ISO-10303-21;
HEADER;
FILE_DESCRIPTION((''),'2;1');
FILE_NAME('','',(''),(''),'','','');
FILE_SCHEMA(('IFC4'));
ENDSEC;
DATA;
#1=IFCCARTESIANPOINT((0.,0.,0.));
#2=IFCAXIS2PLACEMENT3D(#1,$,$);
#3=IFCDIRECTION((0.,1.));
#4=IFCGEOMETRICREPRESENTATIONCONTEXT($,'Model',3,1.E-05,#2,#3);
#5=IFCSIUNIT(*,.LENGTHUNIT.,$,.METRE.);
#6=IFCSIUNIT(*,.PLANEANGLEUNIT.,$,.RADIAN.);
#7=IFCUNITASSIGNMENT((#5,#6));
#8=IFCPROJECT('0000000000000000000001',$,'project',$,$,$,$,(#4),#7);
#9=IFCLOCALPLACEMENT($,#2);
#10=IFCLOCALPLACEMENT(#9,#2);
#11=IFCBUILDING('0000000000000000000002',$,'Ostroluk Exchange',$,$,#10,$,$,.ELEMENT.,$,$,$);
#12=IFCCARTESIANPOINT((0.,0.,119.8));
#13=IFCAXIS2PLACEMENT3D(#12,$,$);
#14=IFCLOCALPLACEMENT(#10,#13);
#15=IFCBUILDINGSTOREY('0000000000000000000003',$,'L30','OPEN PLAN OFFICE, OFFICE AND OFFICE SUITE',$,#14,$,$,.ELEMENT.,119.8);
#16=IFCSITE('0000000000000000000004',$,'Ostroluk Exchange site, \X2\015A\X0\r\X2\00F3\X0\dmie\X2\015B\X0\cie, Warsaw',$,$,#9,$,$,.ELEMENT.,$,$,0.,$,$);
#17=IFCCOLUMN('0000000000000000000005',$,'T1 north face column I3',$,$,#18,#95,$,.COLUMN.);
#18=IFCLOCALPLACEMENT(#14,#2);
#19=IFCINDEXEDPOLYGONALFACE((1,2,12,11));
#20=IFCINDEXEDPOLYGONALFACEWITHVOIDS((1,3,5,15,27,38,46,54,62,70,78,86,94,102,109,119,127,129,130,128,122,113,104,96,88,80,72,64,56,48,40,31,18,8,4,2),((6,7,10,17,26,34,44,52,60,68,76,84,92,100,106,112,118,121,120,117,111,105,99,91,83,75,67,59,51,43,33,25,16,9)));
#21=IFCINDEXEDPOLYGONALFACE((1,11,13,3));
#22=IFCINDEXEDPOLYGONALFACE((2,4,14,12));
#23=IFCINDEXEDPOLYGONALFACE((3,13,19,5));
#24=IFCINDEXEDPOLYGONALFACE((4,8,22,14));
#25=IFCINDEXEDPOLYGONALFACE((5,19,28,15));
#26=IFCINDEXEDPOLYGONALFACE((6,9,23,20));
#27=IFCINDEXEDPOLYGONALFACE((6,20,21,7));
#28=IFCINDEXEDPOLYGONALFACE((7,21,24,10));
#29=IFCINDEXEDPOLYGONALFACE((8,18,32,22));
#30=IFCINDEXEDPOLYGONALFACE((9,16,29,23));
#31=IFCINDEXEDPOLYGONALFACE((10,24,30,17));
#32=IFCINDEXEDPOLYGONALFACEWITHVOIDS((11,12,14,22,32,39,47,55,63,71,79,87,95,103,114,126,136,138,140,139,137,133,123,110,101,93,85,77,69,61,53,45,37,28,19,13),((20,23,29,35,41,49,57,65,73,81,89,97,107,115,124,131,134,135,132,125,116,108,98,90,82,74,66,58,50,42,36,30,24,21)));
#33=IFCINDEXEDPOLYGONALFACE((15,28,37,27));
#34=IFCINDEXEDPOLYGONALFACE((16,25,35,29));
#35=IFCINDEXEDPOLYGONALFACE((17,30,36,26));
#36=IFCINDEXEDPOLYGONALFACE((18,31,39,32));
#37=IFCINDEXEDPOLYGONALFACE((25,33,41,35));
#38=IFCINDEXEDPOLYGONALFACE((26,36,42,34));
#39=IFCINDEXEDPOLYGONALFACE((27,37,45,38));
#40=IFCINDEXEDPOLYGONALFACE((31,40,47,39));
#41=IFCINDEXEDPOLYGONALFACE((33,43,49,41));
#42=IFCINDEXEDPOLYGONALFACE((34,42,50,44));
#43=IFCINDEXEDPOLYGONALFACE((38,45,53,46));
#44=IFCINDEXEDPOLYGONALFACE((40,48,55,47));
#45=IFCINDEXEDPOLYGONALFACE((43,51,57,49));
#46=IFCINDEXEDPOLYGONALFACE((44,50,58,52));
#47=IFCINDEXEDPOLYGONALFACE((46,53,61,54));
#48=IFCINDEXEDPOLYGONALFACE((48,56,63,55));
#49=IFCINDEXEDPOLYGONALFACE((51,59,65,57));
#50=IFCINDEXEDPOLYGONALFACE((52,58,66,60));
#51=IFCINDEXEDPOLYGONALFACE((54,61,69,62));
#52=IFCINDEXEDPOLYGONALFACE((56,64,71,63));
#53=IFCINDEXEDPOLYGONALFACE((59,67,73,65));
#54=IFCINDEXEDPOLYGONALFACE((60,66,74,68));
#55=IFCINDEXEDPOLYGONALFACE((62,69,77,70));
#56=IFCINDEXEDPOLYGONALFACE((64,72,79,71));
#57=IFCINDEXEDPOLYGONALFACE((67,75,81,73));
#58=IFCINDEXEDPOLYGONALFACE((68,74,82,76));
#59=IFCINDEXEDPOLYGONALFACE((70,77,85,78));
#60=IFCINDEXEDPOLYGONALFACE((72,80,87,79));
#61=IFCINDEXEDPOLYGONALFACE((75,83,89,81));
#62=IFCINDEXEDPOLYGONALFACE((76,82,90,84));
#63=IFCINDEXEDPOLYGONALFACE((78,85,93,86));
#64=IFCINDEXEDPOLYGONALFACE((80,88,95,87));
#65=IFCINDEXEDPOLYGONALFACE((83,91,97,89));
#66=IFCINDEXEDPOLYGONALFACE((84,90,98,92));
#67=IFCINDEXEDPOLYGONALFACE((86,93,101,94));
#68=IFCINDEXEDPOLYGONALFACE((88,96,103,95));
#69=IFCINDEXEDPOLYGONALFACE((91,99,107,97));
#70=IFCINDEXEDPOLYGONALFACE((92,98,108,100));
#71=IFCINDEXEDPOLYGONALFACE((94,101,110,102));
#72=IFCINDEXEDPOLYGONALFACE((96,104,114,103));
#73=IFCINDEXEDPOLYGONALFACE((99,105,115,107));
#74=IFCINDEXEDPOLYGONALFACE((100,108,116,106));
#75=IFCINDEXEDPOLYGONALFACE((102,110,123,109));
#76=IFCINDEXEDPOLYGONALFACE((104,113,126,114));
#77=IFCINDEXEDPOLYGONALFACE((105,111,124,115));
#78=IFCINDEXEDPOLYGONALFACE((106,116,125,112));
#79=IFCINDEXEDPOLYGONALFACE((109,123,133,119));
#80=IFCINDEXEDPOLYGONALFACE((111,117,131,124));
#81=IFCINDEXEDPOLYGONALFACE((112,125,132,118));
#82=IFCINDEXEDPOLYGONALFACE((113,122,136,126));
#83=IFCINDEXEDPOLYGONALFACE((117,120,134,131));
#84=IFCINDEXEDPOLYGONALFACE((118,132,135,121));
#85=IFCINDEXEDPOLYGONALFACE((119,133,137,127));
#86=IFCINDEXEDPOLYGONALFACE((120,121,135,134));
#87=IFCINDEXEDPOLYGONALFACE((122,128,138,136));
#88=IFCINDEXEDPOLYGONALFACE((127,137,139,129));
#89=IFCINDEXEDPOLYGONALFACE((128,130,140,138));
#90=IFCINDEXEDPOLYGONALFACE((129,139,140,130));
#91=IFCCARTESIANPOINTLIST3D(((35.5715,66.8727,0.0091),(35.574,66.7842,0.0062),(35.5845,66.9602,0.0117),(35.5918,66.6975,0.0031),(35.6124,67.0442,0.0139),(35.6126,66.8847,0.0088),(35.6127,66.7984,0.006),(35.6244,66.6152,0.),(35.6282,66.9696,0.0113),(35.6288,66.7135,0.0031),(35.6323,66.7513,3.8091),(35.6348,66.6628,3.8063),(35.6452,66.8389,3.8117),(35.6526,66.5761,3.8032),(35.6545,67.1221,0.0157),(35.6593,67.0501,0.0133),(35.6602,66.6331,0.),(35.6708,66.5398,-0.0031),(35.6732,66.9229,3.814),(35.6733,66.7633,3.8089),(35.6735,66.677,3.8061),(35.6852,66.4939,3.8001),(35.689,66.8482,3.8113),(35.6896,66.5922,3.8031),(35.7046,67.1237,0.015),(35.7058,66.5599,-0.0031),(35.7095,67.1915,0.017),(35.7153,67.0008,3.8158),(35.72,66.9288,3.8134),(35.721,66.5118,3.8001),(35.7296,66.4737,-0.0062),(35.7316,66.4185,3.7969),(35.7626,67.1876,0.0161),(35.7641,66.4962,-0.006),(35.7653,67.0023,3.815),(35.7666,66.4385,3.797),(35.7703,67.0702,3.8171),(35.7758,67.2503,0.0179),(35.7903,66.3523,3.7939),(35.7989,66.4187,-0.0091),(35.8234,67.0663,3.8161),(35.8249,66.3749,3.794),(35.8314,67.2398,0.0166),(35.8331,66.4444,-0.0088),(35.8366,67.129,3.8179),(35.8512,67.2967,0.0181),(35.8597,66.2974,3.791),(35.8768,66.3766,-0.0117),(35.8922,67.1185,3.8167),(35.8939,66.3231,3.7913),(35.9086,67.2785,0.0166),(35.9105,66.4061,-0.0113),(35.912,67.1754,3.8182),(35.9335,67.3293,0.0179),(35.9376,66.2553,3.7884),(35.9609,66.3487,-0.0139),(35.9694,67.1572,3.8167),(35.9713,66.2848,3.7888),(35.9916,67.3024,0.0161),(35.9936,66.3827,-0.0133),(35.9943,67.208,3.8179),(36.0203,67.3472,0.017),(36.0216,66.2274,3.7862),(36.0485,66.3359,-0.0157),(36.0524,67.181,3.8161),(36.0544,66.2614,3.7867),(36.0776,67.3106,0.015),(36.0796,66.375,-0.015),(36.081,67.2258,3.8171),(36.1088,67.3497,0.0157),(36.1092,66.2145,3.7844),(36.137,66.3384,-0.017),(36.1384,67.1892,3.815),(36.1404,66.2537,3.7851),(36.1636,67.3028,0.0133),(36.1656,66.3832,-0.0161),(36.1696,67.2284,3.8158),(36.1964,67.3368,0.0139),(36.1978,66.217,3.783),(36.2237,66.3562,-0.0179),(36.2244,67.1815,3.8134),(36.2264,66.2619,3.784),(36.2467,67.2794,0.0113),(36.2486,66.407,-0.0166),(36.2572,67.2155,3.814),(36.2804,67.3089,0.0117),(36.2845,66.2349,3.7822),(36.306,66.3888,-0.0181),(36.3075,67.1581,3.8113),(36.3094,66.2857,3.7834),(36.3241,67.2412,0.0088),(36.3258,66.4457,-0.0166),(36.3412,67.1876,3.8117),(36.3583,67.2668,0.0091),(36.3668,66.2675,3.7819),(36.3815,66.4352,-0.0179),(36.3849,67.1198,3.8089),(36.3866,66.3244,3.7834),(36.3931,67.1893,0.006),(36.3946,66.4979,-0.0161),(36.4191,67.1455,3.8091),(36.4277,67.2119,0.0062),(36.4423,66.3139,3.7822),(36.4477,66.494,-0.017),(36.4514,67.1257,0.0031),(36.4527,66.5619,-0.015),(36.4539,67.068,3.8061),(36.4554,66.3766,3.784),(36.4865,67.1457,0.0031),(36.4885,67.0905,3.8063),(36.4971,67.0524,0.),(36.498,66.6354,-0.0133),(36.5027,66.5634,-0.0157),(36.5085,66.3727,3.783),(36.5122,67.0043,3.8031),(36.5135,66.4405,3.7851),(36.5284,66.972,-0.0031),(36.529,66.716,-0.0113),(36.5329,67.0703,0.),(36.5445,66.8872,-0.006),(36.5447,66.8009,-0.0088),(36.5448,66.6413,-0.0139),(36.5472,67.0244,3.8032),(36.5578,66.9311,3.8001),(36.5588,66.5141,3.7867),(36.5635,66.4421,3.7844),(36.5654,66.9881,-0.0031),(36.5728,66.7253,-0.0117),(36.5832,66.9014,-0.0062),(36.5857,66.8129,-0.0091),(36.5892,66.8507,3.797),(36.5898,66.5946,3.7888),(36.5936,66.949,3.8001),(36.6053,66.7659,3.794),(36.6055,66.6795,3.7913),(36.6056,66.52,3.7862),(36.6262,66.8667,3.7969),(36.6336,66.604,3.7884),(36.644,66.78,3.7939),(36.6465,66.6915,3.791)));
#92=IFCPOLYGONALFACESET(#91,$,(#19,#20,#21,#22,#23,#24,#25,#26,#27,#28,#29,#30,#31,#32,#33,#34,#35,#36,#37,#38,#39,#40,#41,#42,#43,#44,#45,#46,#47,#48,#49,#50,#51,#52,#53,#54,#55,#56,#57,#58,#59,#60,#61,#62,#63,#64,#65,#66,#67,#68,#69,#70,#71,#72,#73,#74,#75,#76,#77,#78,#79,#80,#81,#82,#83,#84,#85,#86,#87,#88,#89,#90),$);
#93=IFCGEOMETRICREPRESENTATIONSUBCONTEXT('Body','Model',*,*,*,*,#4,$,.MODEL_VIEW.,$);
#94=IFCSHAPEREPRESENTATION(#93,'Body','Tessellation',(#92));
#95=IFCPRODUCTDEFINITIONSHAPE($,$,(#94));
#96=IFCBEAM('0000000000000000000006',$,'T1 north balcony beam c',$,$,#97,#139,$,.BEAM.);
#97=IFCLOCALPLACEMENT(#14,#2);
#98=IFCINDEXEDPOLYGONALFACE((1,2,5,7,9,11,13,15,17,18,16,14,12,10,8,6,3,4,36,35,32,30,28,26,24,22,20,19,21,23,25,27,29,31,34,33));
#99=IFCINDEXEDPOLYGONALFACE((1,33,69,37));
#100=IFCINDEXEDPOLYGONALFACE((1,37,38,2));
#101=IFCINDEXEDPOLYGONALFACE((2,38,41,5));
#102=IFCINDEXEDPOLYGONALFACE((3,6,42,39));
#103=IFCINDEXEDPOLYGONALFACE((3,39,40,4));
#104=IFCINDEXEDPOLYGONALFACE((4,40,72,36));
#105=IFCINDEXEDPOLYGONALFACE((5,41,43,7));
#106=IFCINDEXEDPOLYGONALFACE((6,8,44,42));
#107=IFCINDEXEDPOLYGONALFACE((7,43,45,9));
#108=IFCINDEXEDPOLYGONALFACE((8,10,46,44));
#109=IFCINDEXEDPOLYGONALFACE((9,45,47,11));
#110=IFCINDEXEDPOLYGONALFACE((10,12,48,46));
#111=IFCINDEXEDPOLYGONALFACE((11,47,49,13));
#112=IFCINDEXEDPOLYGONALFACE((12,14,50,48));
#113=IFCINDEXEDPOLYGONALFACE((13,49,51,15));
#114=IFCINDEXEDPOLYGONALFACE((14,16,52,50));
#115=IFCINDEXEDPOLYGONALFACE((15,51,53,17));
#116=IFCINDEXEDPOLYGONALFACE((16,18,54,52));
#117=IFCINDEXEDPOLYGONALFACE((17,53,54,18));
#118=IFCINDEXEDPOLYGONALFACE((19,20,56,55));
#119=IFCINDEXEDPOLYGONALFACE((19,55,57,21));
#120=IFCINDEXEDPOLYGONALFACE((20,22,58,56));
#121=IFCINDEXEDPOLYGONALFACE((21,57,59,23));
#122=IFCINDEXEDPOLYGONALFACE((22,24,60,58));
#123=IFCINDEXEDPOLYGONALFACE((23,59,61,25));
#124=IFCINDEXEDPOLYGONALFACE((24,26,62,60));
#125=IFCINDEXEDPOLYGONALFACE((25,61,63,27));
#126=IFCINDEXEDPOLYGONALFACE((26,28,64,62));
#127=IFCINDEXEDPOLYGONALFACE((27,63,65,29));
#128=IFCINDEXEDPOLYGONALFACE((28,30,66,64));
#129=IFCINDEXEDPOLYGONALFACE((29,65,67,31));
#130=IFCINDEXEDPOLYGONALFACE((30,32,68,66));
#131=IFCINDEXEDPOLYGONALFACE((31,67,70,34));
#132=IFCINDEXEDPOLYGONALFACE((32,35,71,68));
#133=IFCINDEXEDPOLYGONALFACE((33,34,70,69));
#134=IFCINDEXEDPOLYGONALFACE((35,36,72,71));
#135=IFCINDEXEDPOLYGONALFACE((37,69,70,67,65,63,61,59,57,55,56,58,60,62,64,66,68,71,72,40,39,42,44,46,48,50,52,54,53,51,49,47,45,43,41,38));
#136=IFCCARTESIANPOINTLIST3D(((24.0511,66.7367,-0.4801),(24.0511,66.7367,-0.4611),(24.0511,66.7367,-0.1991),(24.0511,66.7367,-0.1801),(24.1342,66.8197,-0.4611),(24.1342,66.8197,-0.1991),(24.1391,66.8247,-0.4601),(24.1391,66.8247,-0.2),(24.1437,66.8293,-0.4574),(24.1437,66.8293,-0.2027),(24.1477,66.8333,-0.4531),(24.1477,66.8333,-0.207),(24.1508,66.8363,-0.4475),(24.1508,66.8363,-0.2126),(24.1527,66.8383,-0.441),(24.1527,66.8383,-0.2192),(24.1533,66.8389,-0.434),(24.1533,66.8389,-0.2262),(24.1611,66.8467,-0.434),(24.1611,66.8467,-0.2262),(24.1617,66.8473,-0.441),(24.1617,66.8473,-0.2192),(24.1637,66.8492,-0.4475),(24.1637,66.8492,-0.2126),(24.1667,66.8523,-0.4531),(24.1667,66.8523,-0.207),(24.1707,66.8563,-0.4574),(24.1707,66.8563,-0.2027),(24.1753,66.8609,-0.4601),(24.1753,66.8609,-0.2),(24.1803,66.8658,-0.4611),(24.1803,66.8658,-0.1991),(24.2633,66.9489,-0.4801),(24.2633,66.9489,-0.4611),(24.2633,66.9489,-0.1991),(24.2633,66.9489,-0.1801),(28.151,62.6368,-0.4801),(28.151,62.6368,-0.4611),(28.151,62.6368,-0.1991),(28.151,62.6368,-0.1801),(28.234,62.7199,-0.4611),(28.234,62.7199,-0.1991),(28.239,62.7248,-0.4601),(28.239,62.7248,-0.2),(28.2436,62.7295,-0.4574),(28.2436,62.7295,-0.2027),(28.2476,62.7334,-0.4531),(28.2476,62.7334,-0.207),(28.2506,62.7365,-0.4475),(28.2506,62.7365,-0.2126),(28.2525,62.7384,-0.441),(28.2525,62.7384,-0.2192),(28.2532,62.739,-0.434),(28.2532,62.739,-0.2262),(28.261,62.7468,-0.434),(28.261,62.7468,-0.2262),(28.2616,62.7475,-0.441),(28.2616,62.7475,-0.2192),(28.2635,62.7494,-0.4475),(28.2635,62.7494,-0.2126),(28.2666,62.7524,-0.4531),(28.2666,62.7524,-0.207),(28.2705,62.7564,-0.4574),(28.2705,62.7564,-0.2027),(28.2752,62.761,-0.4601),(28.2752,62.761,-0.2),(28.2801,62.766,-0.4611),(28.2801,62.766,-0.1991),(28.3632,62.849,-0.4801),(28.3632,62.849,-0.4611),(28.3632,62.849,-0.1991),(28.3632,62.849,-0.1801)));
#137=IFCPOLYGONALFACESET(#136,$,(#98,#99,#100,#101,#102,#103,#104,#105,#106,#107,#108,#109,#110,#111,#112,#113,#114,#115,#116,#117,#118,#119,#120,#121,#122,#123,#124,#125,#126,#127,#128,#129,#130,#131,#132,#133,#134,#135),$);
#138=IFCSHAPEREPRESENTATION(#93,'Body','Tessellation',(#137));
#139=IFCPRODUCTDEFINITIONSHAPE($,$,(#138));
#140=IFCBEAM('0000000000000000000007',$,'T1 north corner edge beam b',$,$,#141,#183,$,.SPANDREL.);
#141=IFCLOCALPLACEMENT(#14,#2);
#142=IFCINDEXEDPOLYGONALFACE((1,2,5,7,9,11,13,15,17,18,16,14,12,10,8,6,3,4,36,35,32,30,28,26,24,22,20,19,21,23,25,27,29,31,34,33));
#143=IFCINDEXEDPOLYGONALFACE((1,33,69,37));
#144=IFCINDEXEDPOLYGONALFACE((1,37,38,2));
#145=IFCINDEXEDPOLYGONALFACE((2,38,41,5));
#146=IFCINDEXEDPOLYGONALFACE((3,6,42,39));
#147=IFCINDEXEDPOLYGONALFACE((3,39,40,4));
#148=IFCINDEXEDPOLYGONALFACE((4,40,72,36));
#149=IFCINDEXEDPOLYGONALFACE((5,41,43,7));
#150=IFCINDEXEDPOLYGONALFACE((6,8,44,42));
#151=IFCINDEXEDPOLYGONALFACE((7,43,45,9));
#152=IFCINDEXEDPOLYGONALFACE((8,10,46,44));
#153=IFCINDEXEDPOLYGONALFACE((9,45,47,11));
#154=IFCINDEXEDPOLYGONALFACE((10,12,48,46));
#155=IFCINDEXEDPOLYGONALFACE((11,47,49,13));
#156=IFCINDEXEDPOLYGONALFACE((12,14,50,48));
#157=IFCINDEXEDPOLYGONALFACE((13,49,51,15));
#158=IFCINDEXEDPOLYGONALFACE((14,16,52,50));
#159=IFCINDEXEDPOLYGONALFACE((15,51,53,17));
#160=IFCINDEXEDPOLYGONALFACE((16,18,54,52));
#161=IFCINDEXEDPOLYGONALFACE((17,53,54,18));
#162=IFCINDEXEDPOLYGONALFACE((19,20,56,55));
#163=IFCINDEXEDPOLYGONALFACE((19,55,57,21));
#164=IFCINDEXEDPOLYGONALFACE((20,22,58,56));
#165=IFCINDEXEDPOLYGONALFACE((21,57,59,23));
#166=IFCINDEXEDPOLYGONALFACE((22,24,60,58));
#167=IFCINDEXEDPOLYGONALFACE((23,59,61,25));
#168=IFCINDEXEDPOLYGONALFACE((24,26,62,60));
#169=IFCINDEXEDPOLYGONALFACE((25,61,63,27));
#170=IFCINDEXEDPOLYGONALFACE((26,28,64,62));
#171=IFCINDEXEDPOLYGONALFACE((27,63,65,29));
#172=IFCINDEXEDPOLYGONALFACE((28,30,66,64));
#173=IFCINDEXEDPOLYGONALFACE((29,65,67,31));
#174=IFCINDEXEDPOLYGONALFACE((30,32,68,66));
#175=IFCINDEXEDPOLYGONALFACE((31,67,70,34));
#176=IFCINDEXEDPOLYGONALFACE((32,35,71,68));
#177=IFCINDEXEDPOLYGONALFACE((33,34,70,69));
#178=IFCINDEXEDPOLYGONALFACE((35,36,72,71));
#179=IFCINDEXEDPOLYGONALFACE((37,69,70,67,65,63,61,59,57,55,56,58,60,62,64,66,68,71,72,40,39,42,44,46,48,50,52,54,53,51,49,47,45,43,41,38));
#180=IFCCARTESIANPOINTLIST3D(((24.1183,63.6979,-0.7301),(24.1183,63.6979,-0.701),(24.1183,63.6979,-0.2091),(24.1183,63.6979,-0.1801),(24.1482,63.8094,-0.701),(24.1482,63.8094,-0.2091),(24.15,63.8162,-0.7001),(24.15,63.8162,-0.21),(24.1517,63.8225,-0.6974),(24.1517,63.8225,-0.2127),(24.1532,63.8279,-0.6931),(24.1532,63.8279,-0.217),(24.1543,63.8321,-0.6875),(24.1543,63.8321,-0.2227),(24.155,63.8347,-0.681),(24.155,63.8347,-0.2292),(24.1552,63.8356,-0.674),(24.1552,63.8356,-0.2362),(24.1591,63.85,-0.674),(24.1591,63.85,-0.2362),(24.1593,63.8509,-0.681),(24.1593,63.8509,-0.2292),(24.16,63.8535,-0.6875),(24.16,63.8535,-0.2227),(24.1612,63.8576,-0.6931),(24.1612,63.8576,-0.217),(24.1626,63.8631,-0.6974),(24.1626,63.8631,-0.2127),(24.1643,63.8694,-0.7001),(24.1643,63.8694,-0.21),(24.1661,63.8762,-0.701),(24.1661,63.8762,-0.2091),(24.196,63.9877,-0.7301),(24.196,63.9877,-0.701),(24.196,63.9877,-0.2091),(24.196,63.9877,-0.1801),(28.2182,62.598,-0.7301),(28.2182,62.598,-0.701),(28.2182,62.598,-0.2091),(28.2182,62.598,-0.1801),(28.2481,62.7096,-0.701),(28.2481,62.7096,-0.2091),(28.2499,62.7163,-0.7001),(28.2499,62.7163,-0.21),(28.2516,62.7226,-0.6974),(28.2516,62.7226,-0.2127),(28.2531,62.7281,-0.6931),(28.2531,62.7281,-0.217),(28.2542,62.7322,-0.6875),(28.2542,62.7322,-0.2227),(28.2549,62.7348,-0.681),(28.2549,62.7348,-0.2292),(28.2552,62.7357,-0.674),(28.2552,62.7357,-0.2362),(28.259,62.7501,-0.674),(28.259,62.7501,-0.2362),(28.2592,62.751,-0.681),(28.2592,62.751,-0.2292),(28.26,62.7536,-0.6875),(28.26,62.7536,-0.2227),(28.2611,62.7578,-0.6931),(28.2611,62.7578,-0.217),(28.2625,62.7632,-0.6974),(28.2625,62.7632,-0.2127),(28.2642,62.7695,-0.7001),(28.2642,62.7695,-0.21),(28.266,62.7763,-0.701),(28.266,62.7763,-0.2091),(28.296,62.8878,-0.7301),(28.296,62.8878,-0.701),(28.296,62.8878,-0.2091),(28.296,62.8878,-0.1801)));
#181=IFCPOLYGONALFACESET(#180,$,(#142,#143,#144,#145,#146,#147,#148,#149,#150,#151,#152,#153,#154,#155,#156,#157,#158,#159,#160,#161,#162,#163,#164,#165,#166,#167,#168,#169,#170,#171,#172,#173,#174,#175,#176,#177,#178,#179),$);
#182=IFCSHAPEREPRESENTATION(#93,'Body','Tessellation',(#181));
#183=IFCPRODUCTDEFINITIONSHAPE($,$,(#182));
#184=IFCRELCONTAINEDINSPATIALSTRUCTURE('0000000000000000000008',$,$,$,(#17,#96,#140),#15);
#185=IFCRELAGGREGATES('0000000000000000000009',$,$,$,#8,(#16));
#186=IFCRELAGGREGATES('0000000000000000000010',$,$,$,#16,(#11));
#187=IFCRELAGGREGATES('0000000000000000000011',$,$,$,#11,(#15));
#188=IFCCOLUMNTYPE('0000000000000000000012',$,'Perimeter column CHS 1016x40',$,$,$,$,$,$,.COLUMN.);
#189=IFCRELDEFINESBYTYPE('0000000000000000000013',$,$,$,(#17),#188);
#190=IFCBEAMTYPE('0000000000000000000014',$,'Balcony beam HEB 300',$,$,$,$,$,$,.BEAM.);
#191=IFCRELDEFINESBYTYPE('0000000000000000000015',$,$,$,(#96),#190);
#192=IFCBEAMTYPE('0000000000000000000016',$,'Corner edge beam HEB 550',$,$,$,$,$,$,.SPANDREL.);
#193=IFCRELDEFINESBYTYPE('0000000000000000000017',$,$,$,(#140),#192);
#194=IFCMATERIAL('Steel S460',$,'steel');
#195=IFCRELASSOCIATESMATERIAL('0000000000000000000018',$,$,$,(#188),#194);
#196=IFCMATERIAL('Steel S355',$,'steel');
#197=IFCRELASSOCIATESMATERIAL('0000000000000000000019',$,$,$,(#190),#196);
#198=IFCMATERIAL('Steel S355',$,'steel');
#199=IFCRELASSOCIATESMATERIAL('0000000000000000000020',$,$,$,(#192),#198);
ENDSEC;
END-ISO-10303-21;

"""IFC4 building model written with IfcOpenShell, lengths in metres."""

from ifc_helpers import new_model, si_unit, direction, frame, origin, origin_2d, place, context, subcontext, project, spatial, hollow_circle, i_section, extrude, material, material_profile, profile_set, type_object, element, save


model = new_model("IFC4")

# Units and contexts
model_context = context("Model", 3, precision=1e-05, world=origin(), true_north=direction((0.0, 1.0)))
body_context = subcontext(model_context, "Body", "Model", "MODEL_VIEW")
ifc_project = project(units=[si_unit("LENGTHUNIT", "METRE"), si_unit("PLANEANGLEUNIT", "RADIAN")], contexts=[model_context])

# Site, building, storey
site_placement = place(None, origin())
site = spatial("IfcSite", under=ifc_project, at=site_placement, Name="Ostroluk Exchange site, Śródmieście, Warsaw", CompositionType="ELEMENT", RefElevation=0.0)
building_placement = place(site_placement, origin())
building = spatial("IfcBuilding", under=site, at=building_placement, Name="Ostroluk Exchange", CompositionType="ELEMENT")
storey_placement = place(building_placement, frame((0.0, 0.0, 119.8)))
storey = spatial("IfcBuildingStorey", under=building, at=storey_placement, Name="L30", Description="OPEN PLAN OFFICE, OFFICE AND OFFICE SUITE", CompositionType="ELEMENT", Elevation=119.8)

# Column
ifc_material_1 = material(Name="Steel S460", Category="steel")
ifc_material_profile_1 = material_profile(ifc_material_1, hollow_circle(Radius=0.5081, WallThickness=0.04, at=origin_2d()), Name="CHS 1016x40")
ifc_profile_set_1 = profile_set([ifc_material_profile_1], Name="Steel S460")
column_type = type_object("IfcColumnType", Name="Perimeter column CHS 1016x40", PredefinedType="COLUMN", material=ifc_profile_set_1)
column_placement = place(storey_placement, frame((36.0786, 66.8428, 0.0), z_axis=(0.015987, -0.03191, 0.999363), x_axis=(0.894067, 0.447933, 0.0)))
element("IfcColumn", 1, at=column_placement, inside=storey, type_object=column_type, Name="T1 north face column I3", PredefinedType="COLUMN", context=body_context, shape_type="SweptSolid", body=[
    extrude(hollow_circle(Radius=0.5081, WallThickness=0.04, at=origin_2d()), origin(), (0.0, 0.0, 1.0), 3.8025),
])

# Beams
ifc_material_2 = material(Name="Steel S355", Category="steel")
ifc_material_profile_2 = material_profile(ifc_material_2, i_section(OverallWidth=0.3, OverallDepth=0.3, WebThickness=0.011, FlangeThickness=0.019, FilletRadius=0.0271, at=origin_2d()), Name="HEB 300")
ifc_profile_set_2 = profile_set([ifc_material_profile_2], Name="Steel S355")
beam_type_1 = type_object("IfcBeamType", Name="Balcony beam HEB 300", PredefinedType="BEAM", material=ifc_profile_set_2)
beam_1_placement = place(storey_placement, frame((28.2571, 62.7429, -0.3301), z_axis=(-0.707107, 0.707107, 0.0), x_axis=(-0.707107, -0.707107, 0.0)))
element("IfcBeam", 2, at=beam_1_placement, inside=storey, type_object=beam_type_1, Name="T1 north balcony beam c", PredefinedType="BEAM", context=body_context, shape_type="SweptSolid", body=[
    extrude(i_section(OverallWidth=0.3, OverallDepth=0.3, WebThickness=0.011, FlangeThickness=0.019, FilletRadius=0.0271, at=origin_2d()), origin(), (0.0, 0.0, 1.0), 5.7981),
])
ifc_material_3 = material(Name="Steel S355", Category="steel")
ifc_material_profile_3 = material_profile(ifc_material_3, i_section(OverallWidth=0.3, OverallDepth=0.55, WebThickness=0.0149, FlangeThickness=0.0291, FilletRadius=0.0271, at=origin_2d()), Name="HEB 550")
ifc_profile_set_3 = profile_set([ifc_material_profile_3], Name="Steel S355")
beam_type_2 = type_object("IfcBeamType", Name="Corner edge beam HEB 550", PredefinedType="SPANDREL", material=ifc_profile_set_3)
beam_2_placement = place(storey_placement, frame((28.2571, 62.7429, -0.4551), z_axis=(-0.965849, 0.259105, 0.0), x_axis=(-0.259105, -0.965849, 0.0)))
element("IfcBeam", 3, at=beam_2_placement, inside=storey, type_object=beam_type_2, Name="T1 north corner edge beam b", PredefinedType="SPANDREL", context=body_context, shape_type="SweptSolid", body=[
    extrude(i_section(OverallWidth=0.3, OverallDepth=0.55, WebThickness=0.0149, FlangeThickness=0.0291, FilletRadius=0.0271, at=origin_2d()), origin(), (0.0, 0.0, 1.0), 4.2449),
])

save(model, "model.ifc")
